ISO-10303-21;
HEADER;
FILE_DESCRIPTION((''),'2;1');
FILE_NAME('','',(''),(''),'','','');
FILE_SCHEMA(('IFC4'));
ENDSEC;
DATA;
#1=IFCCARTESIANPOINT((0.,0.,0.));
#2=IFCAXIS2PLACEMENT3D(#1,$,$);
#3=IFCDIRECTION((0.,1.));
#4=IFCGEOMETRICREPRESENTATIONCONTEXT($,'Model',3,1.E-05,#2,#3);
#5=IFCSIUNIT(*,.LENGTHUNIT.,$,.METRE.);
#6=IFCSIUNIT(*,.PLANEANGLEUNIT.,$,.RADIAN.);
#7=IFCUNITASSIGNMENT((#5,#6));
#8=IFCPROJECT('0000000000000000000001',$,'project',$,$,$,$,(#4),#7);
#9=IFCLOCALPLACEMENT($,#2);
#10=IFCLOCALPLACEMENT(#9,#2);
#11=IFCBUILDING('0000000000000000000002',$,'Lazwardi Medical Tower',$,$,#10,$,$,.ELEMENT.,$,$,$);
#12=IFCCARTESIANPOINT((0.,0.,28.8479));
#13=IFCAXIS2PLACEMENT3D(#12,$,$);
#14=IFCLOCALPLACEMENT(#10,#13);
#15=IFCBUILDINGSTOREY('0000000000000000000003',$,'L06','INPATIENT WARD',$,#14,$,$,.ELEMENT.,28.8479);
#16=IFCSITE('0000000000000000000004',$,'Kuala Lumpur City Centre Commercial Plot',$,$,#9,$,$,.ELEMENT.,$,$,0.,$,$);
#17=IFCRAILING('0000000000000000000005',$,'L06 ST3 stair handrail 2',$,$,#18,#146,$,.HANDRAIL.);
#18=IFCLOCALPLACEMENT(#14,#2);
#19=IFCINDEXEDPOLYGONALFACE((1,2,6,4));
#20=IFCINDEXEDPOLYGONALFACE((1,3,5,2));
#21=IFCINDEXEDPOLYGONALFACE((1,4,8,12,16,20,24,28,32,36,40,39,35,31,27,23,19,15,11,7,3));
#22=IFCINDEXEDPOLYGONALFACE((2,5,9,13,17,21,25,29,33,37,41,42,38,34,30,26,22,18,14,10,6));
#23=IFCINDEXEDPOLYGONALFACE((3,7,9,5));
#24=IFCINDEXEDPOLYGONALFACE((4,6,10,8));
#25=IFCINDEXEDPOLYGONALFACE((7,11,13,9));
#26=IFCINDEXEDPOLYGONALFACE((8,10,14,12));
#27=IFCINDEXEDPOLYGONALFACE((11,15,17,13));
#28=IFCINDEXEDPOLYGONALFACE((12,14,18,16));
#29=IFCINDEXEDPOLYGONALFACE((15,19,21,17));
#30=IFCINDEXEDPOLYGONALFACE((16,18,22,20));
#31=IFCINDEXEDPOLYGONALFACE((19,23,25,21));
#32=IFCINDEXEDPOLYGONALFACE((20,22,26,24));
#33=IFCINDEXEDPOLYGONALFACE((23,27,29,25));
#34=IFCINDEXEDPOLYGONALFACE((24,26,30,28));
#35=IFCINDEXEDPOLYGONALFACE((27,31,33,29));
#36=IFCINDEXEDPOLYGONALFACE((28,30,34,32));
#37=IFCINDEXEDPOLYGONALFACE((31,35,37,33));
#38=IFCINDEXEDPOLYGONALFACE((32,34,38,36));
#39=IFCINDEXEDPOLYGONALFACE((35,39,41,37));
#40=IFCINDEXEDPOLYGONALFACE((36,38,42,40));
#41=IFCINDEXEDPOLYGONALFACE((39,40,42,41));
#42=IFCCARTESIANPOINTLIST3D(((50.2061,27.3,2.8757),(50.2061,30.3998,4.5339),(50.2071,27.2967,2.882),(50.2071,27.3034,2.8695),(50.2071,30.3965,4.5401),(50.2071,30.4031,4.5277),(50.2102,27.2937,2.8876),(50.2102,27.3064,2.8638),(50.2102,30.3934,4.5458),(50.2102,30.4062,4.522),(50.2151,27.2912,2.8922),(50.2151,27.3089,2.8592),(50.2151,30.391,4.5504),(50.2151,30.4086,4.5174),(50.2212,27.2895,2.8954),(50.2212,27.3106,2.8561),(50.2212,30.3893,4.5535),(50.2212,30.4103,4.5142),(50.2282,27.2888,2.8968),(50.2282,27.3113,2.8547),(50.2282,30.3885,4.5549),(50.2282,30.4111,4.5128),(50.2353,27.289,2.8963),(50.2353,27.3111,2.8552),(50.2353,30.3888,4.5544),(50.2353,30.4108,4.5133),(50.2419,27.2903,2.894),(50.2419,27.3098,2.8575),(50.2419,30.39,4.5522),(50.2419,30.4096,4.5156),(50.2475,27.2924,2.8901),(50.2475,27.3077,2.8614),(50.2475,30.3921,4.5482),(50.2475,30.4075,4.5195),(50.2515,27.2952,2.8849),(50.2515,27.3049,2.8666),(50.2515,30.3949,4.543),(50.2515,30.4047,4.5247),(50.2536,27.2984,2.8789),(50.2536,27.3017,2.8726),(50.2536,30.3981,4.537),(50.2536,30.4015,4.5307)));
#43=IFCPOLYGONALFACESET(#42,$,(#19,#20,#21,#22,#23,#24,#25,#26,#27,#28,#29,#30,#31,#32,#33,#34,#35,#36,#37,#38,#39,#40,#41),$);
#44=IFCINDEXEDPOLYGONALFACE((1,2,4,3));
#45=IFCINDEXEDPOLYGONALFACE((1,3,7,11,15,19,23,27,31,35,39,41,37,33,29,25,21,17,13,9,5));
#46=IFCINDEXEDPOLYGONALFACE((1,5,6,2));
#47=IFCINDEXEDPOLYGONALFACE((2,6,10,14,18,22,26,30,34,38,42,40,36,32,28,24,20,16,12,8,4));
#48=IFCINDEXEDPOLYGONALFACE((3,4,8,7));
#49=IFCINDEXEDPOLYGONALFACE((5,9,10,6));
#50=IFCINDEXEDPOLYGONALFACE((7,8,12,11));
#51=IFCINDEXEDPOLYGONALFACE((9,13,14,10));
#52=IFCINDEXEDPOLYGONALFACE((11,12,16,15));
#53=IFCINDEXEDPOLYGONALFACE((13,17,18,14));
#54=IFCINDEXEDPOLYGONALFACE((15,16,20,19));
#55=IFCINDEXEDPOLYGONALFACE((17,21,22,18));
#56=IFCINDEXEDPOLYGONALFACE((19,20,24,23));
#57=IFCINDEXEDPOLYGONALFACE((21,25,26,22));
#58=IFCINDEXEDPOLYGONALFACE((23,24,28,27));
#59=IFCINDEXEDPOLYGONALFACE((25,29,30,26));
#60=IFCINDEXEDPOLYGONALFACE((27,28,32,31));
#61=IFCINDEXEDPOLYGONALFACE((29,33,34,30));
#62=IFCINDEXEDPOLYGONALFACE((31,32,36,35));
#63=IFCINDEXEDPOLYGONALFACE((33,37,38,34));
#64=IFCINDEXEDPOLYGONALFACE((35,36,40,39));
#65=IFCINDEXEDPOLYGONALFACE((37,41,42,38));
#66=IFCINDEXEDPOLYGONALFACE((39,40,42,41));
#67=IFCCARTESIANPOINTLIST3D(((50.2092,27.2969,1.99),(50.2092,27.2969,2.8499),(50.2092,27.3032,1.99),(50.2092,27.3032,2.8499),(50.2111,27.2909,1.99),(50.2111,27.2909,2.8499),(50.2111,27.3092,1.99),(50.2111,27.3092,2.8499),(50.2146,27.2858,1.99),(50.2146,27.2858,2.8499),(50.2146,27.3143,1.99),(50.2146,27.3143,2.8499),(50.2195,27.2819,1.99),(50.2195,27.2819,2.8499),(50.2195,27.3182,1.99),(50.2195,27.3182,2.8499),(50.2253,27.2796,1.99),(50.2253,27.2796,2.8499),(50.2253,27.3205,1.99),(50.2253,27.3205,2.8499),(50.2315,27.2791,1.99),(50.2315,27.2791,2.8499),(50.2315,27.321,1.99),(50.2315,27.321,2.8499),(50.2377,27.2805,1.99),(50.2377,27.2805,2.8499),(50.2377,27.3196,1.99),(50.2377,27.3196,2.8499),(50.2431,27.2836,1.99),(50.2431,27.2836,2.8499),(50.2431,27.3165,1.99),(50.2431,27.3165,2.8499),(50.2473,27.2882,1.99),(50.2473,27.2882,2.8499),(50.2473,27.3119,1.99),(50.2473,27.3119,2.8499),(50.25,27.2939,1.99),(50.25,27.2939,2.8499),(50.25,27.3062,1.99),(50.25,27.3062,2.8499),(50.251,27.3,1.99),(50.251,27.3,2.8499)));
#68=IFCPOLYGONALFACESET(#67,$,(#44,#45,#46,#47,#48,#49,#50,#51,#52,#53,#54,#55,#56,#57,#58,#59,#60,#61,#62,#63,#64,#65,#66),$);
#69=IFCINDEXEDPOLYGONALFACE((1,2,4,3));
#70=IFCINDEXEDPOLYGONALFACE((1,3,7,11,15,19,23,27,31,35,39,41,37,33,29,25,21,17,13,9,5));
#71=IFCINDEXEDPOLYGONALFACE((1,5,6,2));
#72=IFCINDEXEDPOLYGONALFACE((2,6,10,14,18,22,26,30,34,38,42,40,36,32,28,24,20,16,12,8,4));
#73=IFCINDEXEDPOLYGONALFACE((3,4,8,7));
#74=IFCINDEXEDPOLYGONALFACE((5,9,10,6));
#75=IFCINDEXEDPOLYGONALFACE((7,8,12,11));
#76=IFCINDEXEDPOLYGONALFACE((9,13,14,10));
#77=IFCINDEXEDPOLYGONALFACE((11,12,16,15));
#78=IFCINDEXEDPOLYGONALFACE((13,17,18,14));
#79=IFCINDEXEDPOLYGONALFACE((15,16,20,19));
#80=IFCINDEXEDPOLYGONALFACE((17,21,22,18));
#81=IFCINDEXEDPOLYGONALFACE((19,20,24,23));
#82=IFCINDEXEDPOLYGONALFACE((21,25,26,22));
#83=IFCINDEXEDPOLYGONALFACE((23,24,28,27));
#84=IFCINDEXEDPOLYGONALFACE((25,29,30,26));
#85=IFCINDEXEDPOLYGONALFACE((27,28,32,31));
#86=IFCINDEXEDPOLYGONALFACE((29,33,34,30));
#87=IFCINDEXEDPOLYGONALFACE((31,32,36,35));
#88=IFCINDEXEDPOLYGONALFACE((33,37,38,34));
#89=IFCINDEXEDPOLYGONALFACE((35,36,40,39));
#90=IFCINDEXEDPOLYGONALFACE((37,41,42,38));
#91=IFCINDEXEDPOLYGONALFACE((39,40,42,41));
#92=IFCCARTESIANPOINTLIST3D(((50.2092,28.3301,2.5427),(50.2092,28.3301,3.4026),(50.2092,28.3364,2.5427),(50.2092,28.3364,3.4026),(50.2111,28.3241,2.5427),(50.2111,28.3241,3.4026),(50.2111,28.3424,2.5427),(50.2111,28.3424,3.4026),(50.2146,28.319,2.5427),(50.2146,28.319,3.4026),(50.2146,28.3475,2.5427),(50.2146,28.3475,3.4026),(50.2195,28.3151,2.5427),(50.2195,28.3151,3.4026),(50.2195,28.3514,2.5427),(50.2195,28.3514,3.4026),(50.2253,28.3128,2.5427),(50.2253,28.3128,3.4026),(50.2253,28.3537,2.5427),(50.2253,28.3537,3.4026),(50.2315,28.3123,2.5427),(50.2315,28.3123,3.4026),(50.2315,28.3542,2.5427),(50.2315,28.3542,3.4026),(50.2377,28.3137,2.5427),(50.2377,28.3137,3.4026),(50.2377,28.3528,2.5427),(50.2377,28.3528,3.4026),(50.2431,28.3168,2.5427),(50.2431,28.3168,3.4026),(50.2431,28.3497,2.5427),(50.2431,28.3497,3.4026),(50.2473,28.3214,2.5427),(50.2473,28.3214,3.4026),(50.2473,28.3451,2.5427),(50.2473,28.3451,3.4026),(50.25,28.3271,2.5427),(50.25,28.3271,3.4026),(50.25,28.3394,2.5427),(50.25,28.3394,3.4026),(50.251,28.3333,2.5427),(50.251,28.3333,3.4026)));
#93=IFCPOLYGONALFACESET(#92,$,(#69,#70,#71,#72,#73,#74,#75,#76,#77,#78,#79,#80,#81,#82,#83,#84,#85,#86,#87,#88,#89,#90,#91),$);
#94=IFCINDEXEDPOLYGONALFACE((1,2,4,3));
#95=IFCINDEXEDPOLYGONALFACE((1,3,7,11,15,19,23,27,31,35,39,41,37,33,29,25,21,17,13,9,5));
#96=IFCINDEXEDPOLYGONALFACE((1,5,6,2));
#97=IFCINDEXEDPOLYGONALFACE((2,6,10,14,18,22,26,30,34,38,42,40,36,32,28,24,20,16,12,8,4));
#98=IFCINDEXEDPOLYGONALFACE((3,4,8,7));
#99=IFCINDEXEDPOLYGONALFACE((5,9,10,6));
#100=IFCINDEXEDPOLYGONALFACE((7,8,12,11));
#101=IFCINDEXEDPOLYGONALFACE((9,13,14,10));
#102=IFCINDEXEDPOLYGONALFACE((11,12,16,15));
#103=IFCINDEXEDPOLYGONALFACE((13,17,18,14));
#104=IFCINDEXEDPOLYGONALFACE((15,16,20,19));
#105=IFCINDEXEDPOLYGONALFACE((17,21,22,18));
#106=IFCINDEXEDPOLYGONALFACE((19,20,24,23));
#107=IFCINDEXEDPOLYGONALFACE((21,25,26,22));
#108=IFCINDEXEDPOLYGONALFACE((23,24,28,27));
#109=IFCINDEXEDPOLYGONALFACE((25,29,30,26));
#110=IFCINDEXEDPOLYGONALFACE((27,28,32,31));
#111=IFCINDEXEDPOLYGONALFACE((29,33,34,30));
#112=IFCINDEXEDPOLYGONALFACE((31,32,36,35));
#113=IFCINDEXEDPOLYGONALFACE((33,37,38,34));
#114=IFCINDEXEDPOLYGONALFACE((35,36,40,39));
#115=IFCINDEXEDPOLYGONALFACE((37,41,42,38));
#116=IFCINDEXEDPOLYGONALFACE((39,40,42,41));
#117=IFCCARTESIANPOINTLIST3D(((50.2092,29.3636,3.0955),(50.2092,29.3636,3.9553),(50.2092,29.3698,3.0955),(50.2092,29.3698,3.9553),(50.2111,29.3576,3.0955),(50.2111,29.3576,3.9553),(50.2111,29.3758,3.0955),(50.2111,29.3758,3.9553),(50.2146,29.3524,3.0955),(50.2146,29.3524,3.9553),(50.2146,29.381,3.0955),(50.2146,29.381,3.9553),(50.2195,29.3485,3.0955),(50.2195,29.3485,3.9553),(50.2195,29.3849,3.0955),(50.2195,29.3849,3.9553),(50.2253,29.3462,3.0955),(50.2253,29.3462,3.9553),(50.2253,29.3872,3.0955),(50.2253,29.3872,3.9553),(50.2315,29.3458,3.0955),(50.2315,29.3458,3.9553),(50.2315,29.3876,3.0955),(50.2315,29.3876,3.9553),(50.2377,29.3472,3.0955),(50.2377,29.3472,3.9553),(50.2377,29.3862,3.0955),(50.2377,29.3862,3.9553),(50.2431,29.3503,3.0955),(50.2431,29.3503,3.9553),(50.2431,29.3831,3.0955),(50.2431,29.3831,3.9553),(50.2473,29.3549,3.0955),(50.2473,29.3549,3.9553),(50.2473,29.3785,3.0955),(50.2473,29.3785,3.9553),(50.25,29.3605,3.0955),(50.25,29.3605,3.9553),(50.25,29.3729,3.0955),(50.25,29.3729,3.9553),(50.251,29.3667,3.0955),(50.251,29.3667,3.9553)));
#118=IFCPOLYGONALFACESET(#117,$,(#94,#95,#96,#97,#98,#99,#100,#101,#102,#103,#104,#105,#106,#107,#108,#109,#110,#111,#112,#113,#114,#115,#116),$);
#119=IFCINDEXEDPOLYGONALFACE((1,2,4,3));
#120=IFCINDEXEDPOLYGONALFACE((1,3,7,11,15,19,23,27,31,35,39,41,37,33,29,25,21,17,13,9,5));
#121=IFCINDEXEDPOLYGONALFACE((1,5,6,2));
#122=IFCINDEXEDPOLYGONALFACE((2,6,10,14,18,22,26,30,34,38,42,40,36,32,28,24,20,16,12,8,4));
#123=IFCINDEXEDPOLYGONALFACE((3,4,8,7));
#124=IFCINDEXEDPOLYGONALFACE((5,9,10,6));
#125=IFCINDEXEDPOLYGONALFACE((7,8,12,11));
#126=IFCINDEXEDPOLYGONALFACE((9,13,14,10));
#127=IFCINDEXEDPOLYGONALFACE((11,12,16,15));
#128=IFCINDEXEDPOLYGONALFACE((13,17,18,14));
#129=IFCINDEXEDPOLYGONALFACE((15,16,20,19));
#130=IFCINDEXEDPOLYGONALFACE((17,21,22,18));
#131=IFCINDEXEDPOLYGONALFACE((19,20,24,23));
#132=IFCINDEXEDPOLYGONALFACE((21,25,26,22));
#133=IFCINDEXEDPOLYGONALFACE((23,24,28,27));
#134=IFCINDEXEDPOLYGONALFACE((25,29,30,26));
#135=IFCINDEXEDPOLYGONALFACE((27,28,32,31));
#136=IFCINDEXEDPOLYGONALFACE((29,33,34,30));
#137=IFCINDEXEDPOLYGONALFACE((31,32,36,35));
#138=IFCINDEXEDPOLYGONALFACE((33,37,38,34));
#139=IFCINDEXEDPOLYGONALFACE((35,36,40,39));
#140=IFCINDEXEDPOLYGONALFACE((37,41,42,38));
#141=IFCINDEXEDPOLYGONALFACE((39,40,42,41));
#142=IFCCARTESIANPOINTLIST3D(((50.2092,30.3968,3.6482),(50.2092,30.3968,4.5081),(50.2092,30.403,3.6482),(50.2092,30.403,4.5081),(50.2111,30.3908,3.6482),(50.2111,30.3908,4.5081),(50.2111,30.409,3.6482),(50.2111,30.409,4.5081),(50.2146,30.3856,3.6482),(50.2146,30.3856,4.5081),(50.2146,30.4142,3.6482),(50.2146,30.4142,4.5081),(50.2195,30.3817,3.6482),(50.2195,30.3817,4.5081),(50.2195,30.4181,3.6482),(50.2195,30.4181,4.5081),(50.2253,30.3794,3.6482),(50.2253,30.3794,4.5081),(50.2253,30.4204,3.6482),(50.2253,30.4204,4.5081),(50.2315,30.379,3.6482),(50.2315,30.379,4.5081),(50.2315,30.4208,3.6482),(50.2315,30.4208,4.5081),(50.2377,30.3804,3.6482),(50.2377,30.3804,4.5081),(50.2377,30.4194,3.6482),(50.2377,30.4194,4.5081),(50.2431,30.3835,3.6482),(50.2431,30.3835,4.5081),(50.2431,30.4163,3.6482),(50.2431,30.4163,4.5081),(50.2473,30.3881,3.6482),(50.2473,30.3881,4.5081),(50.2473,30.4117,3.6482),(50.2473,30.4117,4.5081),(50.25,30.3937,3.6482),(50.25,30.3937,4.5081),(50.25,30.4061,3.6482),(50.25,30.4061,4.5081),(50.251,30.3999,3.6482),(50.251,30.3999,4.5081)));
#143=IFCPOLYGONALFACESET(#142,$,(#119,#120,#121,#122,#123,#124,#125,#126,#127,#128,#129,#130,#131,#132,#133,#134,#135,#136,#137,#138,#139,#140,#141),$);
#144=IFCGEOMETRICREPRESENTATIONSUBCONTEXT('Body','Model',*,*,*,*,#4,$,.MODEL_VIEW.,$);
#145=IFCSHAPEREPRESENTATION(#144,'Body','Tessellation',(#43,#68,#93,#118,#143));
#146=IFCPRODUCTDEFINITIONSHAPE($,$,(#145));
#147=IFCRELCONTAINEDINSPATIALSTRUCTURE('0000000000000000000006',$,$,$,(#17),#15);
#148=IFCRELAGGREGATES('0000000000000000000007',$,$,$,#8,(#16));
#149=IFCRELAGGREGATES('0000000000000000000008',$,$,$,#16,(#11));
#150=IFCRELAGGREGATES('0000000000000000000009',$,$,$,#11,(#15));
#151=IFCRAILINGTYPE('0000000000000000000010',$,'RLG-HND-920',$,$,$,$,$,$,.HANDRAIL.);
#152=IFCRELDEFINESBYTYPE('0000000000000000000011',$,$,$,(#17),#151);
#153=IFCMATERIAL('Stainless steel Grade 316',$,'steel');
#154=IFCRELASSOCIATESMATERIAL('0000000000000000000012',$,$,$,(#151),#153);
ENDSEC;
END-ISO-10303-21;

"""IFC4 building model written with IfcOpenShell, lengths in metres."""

from ifc_helpers import new_model, si_unit, direction, frame, origin, origin_2d, place, context, subcontext, project, spatial, circle, extrude, material, type_object, element, save


model = new_model("IFC4")

# Units and contexts
model_context = context("Model", 3, precision=1e-05, world=origin(), true_north=direction((0.0, 1.0)))
body_context = subcontext(model_context, "Body", "Model", "MODEL_VIEW")
ifc_project = project(units=[si_unit("LENGTHUNIT", "METRE"), si_unit("PLANEANGLEUNIT", "RADIAN")], contexts=[model_context])

# Site, building, storey
site_placement = place(None, origin())
site = spatial("IfcSite", under=ifc_project, at=site_placement, Name="Kuala Lumpur City Centre Commercial Plot", CompositionType="ELEMENT", RefElevation=0.0)
building_placement = place(site_placement, origin())
building = spatial("IfcBuilding", under=site, at=building_placement, Name="Lazwardi Medical Tower", CompositionType="ELEMENT")
storey_placement = place(building_placement, frame((0.0, 0.0, 28.8479)))
storey = spatial("IfcBuildingStorey", under=building, at=storey_placement, Name="L06", Description="INPATIENT WARD", CompositionType="ELEMENT", Elevation=28.8479)

# Railing
ifc_material_1 = material(Name="Stainless steel Grade 316", Category="steel")
railing_type = type_object("IfcRailingType", Name="RLG-HND-920", PredefinedType="HANDRAIL", material=ifc_material_1)
railing_placement = place(storey_placement, frame((50.23, 27.3, 1.99)))
element("IfcRailing", 1, at=railing_placement, inside=storey, type_object=railing_type, Name="L06 ST3 stair handrail 2", PredefinedType="HANDRAIL", context=body_context, shape_type="SweptSolid", body=[
    extrude(circle(Radius=0.0239, at=origin_2d()), frame((0.0, 0.0, 0.8857), z_axis=(0.0, 0.881768, 0.471684), x_axis=(-1.0, 0.0, 0.0)), (0.0, 0.0, 1.0), 3.5154),
    extrude(circle(Radius=0.021, at=origin_2d()), origin(), (0.0, 0.0, 1.0), 0.8599),
    extrude(circle(Radius=0.021, at=origin_2d()), frame((0.0, 1.0332, 0.5527)), (0.0, 0.0, 1.0), 0.8599),
    extrude(circle(Radius=0.021, at=origin_2d()), frame((0.0, 2.0667, 1.1055)), (0.0, 0.0, 1.0), 0.8599),
    extrude(circle(Radius=0.021, at=origin_2d()), frame((0.0, 3.0999, 1.6582)), (0.0, 0.0, 1.0), 0.8599),
])

save(model, "model.ifc")
